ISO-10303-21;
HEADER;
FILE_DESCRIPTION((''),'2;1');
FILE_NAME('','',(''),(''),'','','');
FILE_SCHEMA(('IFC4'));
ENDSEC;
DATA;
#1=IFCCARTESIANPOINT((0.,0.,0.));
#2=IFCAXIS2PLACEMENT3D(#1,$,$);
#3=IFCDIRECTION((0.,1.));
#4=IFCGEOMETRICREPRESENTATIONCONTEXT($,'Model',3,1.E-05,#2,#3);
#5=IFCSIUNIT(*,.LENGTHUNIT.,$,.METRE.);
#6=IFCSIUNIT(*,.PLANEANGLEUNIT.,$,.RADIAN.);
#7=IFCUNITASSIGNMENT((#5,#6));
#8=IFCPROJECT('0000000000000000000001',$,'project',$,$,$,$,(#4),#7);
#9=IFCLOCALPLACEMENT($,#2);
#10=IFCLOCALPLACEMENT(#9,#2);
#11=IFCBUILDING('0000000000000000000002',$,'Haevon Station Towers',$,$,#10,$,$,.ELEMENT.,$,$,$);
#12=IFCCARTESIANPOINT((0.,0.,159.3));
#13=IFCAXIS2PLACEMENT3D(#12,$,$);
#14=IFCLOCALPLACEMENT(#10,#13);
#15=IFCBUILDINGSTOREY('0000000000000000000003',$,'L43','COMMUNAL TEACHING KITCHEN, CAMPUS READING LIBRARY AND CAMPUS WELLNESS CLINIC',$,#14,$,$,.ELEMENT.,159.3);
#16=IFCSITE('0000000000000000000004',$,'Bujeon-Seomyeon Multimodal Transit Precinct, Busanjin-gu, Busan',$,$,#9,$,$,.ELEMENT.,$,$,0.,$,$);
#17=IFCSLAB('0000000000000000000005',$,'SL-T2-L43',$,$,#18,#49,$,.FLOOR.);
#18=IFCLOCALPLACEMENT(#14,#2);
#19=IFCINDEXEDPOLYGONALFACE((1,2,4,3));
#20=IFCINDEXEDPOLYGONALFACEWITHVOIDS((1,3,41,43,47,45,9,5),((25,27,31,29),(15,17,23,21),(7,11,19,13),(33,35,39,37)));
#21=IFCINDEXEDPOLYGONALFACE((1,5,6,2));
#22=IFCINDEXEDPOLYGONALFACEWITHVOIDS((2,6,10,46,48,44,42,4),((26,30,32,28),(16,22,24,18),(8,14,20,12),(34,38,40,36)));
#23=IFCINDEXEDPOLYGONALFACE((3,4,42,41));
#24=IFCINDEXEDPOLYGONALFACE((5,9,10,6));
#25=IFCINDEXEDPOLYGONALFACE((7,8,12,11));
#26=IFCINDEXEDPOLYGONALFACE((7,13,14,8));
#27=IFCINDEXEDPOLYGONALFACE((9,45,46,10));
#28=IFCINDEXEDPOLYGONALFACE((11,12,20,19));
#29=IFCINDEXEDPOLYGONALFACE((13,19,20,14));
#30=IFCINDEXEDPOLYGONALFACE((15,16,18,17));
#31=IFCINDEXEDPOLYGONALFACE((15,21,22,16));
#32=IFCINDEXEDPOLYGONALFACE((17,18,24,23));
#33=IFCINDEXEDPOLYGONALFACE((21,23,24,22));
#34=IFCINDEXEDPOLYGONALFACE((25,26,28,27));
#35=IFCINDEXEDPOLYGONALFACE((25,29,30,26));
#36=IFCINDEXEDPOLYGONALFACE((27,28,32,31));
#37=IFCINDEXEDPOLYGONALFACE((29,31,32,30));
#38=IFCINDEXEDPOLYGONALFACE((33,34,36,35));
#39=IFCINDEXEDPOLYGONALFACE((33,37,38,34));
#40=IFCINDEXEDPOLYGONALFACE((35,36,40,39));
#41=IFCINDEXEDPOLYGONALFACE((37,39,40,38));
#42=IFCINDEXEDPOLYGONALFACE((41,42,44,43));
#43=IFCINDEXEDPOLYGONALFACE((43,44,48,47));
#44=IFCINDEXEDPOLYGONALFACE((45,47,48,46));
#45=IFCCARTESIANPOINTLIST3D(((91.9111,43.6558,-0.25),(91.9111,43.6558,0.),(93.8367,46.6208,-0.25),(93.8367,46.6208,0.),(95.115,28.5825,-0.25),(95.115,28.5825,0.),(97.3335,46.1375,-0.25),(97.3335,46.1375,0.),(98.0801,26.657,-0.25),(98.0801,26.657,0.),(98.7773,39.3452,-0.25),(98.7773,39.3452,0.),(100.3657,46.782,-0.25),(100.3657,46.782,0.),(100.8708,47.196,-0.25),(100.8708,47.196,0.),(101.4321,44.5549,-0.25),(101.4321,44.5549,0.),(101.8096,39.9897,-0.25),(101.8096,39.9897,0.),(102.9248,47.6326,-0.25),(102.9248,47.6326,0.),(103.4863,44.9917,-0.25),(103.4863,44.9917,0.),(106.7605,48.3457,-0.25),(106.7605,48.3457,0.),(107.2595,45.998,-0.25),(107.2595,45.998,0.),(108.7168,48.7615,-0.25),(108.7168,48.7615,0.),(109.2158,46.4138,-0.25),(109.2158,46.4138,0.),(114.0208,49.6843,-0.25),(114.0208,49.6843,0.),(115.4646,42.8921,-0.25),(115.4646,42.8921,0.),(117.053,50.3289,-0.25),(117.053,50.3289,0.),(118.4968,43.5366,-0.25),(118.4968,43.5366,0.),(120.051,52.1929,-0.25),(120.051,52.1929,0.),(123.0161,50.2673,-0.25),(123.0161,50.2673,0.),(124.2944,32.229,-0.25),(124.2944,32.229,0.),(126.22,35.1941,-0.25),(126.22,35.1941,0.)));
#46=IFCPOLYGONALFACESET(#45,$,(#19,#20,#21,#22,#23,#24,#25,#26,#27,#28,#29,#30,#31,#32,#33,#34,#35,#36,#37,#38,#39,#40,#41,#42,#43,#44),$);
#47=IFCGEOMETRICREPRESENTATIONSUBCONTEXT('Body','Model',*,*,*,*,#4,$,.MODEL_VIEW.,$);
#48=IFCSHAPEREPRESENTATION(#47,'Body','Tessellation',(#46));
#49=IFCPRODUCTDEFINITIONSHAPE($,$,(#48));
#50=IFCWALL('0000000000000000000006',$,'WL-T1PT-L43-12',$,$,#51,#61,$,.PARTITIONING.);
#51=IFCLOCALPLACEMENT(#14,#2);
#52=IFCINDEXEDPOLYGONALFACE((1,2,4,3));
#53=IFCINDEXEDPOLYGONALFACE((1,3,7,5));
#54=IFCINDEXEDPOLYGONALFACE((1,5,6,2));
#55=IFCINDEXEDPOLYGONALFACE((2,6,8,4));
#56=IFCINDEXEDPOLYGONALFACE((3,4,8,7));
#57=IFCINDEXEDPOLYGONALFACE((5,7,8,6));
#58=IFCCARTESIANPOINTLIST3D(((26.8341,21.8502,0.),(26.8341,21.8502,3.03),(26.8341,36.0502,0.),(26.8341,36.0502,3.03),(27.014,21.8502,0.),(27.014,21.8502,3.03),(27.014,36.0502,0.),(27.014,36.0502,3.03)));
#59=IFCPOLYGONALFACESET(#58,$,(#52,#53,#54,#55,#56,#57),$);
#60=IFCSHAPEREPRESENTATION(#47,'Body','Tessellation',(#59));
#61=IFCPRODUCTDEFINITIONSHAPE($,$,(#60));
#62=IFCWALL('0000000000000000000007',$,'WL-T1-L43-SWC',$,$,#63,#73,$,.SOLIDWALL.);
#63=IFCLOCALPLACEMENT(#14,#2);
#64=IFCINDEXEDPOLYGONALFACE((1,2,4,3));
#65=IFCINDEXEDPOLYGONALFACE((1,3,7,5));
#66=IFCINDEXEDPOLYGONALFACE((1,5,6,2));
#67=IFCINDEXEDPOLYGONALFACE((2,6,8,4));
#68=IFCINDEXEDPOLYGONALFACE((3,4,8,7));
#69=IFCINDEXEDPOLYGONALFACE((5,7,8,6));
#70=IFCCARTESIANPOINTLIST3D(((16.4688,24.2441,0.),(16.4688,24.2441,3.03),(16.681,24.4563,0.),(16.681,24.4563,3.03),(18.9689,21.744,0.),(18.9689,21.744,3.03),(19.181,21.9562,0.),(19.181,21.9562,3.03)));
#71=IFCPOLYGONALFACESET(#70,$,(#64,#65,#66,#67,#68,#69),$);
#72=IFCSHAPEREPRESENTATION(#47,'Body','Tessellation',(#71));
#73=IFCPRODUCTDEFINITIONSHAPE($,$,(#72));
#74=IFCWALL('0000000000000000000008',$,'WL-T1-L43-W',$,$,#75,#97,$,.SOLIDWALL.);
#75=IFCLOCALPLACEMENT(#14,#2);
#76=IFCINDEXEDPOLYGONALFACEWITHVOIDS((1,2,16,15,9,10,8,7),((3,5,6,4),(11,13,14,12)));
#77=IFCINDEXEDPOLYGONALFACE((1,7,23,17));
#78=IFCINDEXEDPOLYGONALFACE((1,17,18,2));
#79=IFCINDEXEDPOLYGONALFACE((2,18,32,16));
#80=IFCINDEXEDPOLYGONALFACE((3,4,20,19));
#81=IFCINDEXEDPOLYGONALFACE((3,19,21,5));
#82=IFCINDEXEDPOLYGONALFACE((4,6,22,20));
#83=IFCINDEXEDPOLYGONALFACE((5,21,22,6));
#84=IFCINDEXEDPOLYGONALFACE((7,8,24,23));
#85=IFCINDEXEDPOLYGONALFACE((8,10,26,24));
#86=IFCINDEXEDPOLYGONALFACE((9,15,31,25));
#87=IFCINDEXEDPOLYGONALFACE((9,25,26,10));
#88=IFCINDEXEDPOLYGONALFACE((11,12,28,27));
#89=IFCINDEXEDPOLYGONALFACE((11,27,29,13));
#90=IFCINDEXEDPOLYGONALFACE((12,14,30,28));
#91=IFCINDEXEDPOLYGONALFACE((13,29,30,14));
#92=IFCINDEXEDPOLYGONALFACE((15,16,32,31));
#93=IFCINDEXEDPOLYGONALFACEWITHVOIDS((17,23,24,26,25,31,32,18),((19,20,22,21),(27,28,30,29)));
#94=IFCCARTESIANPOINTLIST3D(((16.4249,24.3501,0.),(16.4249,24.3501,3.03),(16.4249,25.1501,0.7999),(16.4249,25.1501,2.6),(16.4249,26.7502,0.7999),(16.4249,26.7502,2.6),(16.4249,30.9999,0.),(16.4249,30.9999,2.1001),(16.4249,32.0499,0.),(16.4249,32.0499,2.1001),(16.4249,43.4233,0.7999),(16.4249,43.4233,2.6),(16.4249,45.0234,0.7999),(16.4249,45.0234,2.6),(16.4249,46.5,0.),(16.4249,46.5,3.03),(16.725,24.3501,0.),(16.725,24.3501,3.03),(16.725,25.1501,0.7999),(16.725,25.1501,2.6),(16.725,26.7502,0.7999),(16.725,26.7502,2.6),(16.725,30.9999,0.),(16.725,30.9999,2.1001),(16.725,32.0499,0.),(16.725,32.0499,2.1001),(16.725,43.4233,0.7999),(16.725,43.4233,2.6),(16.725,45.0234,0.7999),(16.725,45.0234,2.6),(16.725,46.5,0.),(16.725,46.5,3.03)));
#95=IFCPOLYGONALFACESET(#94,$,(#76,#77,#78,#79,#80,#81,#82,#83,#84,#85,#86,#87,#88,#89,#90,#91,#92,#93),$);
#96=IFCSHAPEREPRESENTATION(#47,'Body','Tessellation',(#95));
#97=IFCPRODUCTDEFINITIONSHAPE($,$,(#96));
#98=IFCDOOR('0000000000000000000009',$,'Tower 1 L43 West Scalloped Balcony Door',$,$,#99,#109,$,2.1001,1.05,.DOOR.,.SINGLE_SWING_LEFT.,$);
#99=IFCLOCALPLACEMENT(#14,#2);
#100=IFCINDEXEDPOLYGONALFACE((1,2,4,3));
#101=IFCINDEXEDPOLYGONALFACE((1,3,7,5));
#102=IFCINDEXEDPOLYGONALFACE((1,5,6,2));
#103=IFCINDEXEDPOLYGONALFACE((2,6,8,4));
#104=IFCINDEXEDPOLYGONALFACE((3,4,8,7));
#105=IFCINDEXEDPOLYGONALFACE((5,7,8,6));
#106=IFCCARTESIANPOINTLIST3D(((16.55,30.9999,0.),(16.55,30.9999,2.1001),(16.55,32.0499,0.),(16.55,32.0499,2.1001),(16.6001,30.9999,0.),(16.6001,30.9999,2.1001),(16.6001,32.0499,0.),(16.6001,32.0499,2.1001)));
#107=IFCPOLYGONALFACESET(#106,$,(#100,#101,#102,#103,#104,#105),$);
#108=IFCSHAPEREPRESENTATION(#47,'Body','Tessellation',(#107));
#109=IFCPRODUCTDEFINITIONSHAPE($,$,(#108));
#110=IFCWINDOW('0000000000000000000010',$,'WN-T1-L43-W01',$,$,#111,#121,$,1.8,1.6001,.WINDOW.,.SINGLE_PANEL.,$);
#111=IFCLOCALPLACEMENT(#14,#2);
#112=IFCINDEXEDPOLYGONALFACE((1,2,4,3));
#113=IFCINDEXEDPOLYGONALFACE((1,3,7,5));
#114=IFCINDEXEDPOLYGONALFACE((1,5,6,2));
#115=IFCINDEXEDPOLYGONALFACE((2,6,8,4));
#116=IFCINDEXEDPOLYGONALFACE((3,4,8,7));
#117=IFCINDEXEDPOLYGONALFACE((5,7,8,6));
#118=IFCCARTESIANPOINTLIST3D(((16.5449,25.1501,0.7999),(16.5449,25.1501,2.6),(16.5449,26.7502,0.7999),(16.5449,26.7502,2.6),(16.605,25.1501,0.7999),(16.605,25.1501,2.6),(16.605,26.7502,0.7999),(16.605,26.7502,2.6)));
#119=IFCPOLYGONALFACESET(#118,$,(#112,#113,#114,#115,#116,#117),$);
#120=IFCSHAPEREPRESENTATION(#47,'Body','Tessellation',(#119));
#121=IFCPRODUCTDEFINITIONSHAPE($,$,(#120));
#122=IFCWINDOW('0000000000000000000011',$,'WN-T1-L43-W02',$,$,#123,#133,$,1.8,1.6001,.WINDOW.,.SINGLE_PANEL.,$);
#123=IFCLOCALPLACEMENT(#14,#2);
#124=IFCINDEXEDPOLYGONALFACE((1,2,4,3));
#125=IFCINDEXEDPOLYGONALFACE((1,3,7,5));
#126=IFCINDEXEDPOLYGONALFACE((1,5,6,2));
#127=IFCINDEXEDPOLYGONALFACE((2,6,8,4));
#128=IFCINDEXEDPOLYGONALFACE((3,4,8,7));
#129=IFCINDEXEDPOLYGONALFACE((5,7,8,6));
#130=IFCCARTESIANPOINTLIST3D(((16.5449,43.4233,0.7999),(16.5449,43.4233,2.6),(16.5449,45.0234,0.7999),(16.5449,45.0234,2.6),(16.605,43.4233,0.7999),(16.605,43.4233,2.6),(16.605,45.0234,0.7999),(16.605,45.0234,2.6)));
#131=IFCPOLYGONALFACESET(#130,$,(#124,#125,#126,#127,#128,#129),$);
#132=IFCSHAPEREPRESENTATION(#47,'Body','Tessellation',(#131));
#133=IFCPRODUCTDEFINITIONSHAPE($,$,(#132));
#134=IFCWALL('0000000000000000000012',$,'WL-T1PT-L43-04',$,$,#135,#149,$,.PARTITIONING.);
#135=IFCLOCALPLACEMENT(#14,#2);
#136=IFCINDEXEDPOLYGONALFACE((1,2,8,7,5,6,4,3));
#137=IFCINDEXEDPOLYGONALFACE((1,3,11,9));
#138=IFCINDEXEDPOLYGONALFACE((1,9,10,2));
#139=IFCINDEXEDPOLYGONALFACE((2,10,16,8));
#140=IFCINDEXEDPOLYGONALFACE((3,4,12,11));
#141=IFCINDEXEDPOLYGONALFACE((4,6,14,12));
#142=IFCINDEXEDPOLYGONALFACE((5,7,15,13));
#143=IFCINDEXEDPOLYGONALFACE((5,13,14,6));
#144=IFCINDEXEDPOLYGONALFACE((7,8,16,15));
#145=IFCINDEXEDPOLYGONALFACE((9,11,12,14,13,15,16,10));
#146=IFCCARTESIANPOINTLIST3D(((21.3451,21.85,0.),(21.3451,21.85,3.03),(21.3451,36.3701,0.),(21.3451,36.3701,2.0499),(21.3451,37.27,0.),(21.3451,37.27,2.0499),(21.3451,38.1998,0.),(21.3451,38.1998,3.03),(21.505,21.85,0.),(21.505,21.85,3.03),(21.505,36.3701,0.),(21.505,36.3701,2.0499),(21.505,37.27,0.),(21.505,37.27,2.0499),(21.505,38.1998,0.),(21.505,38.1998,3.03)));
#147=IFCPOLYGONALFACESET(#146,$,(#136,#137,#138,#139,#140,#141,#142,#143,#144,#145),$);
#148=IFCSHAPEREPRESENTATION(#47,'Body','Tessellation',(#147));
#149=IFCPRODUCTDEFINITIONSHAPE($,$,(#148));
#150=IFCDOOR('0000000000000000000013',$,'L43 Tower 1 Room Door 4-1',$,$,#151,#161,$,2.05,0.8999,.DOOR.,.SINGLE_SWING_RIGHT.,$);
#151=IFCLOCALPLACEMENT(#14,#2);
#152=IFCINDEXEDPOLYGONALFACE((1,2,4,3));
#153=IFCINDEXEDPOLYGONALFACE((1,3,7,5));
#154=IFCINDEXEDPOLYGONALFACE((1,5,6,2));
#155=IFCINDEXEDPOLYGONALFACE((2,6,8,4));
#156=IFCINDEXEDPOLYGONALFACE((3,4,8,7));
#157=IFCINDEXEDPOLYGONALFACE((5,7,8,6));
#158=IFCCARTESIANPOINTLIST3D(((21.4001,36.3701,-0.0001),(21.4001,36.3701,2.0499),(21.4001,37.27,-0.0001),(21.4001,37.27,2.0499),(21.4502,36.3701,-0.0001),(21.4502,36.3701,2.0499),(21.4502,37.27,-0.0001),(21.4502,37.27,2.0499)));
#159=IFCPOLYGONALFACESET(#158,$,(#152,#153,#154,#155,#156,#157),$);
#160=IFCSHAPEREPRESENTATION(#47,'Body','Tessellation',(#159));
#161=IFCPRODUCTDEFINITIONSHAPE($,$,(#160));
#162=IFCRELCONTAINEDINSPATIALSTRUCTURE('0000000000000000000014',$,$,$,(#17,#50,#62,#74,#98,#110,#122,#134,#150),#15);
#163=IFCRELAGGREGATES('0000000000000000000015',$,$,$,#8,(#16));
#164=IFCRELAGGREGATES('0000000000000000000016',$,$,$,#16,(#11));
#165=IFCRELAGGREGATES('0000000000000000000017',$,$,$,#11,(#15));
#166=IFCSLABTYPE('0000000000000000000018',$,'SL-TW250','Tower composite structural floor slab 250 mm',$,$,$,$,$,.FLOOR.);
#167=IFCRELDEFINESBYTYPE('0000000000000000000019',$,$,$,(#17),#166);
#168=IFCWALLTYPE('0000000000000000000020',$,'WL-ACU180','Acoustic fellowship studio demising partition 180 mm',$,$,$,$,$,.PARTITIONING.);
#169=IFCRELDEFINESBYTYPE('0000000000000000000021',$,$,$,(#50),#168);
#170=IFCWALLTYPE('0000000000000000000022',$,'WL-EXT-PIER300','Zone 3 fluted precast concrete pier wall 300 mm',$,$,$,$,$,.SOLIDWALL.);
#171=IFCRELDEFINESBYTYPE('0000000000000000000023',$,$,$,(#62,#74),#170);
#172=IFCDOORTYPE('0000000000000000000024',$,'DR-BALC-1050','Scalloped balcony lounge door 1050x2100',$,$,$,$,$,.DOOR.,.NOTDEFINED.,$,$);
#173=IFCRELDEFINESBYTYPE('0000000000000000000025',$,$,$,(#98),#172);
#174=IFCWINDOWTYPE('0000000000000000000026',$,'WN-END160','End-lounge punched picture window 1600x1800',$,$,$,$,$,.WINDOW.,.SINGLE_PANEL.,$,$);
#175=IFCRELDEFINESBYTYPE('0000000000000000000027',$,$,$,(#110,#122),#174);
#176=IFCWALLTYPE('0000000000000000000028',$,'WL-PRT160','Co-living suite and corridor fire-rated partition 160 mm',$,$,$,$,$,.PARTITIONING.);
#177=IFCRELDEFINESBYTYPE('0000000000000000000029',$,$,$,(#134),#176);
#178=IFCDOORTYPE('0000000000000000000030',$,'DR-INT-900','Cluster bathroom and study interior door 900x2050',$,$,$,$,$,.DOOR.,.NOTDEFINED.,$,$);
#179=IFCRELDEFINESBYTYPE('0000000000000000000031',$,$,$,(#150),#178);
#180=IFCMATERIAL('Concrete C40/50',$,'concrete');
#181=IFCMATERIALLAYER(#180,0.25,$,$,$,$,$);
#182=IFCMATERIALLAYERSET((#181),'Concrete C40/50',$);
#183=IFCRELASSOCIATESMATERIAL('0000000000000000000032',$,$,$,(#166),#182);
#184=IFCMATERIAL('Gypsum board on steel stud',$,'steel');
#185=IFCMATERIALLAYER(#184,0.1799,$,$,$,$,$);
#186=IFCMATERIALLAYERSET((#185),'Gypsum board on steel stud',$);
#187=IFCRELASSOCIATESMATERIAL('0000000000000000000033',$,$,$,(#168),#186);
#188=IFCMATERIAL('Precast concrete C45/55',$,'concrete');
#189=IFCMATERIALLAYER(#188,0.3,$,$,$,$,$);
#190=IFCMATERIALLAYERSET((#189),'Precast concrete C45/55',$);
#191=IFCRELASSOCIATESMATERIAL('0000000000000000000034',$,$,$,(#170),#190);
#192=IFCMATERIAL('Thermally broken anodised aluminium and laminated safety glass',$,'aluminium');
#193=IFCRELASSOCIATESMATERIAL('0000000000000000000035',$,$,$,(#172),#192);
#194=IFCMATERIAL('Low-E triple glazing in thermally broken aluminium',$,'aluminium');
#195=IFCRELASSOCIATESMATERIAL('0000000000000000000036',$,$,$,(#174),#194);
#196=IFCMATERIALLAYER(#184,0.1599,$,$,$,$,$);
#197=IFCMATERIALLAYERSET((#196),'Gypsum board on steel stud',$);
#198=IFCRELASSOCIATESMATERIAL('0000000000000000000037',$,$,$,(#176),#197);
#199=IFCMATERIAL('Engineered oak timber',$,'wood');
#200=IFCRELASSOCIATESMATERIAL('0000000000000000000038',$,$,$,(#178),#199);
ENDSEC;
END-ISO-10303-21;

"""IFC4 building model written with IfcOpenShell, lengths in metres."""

from ifc_helpers import new_model, si_unit, direction, frame, frame_2d, origin, place, context, subcontext, project, spatial, polyline, rectangle, outline, extrude, material, layer, layer_set, type_object, element, fill, save


model = new_model("IFC4")

# Units and contexts
model_context = context("Model", 3, precision=1e-05, world=origin(), true_north=direction((0.0, 1.0)))
body_context = subcontext(model_context, "Body", "Model", "MODEL_VIEW")
ifc_project = project(units=[si_unit("LENGTHUNIT", "METRE"), si_unit("PLANEANGLEUNIT", "RADIAN")], contexts=[model_context])

# Site, building, storey
site_placement = place(None, origin())
site = spatial("IfcSite", under=ifc_project, at=site_placement, Name="Bujeon-Seomyeon Multimodal Transit Precinct, Busanjin-gu, Busan", CompositionType="ELEMENT", RefElevation=0.0)
building_placement = place(site_placement, origin())
building = spatial("IfcBuilding", under=site, at=building_placement, Name="Haevon Station Towers", CompositionType="ELEMENT")
storey_placement = place(building_placement, frame((0.0, 0.0, 159.3)))
storey = spatial("IfcBuildingStorey", under=building, at=storey_placement, Name="L43", Description="COMMUNAL TEACHING KITCHEN, CAMPUS READING LIBRARY AND CAMPUS WELLNESS CLINIC", CompositionType="ELEMENT", Elevation=159.3)

# Shared definitions
ifc_material_1 = material(Name="Concrete C40/50", Category="concrete")

# Slab
ifc_layer_1 = layer(ifc_material_1, 0.25)
ifc_layer_set_1 = layer_set([ifc_layer_1], Name="Concrete C40/50")
slab_type_1 = type_object("IfcSlabType", Name="SL-TW250", Description="Tower composite structural floor slab 250 mm", PredefinedType="FLOOR", material=ifc_layer_set_1)
slab_1_placement = place(storey_placement, frame((0.0, 0.0, -0.25)))
element("IfcSlab", 1, at=slab_1_placement, inside=storey, type_object=slab_type_1, Name="SL-T2-L43", PredefinedType="FLOOR", context=body_context, shape_type="SweptSolid", body=[
    extrude(outline(polyline([(98.0801, 26.657), (124.2944, 32.229), (126.22, 35.1941), (123.0161, 50.2673), (120.051, 52.1929), (93.8367, 46.6208), (91.9111, 43.6558), (95.115, 28.5825), (98.0801, 26.657)]), holes=[polyline([(101.8096, 39.9897), (100.3657, 46.782), (97.3335, 46.1375), (98.7773, 39.3452), (101.8096, 39.9897)]), polyline([(118.4968, 43.5366), (117.053, 50.3289), (114.0208, 49.6843), (115.4646, 42.8921), (118.4968, 43.5366)]), polyline([(101.4321, 44.5549), (103.4863, 44.9917), (102.9248, 47.6326), (100.8708, 47.196), (101.4321, 44.5549)]), polyline([(107.2595, 45.998), (109.2158, 46.4138), (108.7168, 48.7615), (106.7605, 48.3457), (107.2595, 45.998)])]), origin(), (0.0, 0.0, 1.0), 0.25),
])

# Walls
ifc_material_2 = material(Name="Gypsum board on steel stud", Category="steel")
ifc_layer_2 = layer(ifc_material_2, 0.1799)
ifc_layer_set_2 = layer_set([ifc_layer_2], Name="Gypsum board on steel stud")
wall_type_1 = type_object("IfcWallType", Name="WL-ACU180", Description="Acoustic fellowship studio demising partition 180 mm", PredefinedType="PARTITIONING", material=ifc_layer_set_2)
wall_1_placement = place(storey_placement, frame((26.9241, 21.8501, 0.0), z_axis=(0.0, 0.0, 1.0), x_axis=(0.0, 1.0, 0.0)))
element("IfcWall", 2, at=wall_1_placement, inside=storey, type_object=wall_type_1, Name="WL-T1PT-L43-12", PredefinedType="PARTITIONING", context=body_context, shape_type="SweptSolid", body=[
    extrude(rectangle(XDim=14.2, YDim=0.1799, at=frame_2d((7.1001, 0.0))), origin(), (0.0, 0.0, 1.0), 3.03),
])
ifc_material_3 = material(Name="Precast concrete C45/55", Category="concrete")
ifc_layer_3 = layer(ifc_material_3, 0.3)
ifc_layer_set_3 = layer_set([ifc_layer_3], Name="Precast concrete C45/55")
wall_type_2 = type_object("IfcWallType", Name="WL-EXT-PIER300", Description="Zone 3 fluted precast concrete pier wall 300 mm", PredefinedType="SOLIDWALL", material=ifc_layer_set_3)
wall_2_placement = place(storey_placement, frame((19.075, 21.8501, 0.0), z_axis=(0.0, 0.0, 1.0), x_axis=(-0.707107, 0.707107, 0.0)))
element("IfcWall", 3, at=wall_2_placement, inside=storey, type_object=wall_type_2, Name="WL-T1-L43-SWC", PredefinedType="SOLIDWALL", context=body_context, shape_type="SweptSolid", body=[
    extrude(rectangle(XDim=3.5356, YDim=0.3, at=frame_2d((1.7678, 0.0))), origin(), (0.0, 0.0, 1.0), 3.03),
])

# Wall, openings, door, windows
wall_3_placement = place(storey_placement, frame((16.575, 24.3501, 0.0), z_axis=(0.0, 0.0, 1.0), x_axis=(0.0, 1.0, 0.0)))
wall_3 = element("IfcWall", 4, at=wall_3_placement, inside=storey, type_object=wall_type_2, Name="WL-T1-L43-W", PredefinedType="SOLIDWALL", context=body_context, shape_type="SweptSolid", body=[
    extrude(rectangle(XDim=22.1499, YDim=0.3, at=frame_2d((11.075, 0.0))), origin(), (0.0, 0.0, 1.0), 3.03),
])
opening_1_placement = place(wall_3_placement, frame((6.6499, 0.0, 0.0)))
opening_1 = element("IfcOpeningElement", 5, at=opening_1_placement, cuts=wall_3, PredefinedType="OPENING", context=body_context, shape_type="SweptSolid", body=[
    extrude(rectangle(XDim=1.05, YDim=2.1001, at=frame_2d((0.5249, 1.05))), frame((0.0, 0.1599, 0.0), z_axis=(0.0, -1.0, 0.0), x_axis=(1.0, 0.0, 0.0)), (0.0, 0.0, 1.0), 0.3201),
])
opening_2_placement = place(wall_3_placement, frame((0.8, 0.0, 0.8)))
opening_2 = element("IfcOpeningElement", 6, at=opening_2_placement, cuts=wall_3, PredefinedType="OPENING", context=body_context, shape_type="SweptSolid", body=[
    extrude(rectangle(XDim=1.6001, YDim=1.8, at=frame_2d((0.8, 0.8999))), frame((0.0, 0.1599, 0.0), z_axis=(0.0, -1.0, 0.0), x_axis=(1.0, 0.0, 0.0)), (0.0, 0.0, 1.0), 0.3201),
])
opening_3_placement = place(wall_3_placement, frame((19.0732, 0.0, 0.8)))
opening_3 = element("IfcOpeningElement", 7, at=opening_3_placement, cuts=wall_3, PredefinedType="OPENING", context=body_context, shape_type="SweptSolid", body=[
    extrude(rectangle(XDim=1.6001, YDim=1.8, at=frame_2d((0.8, 0.8999))), frame((0.0, 0.1599, 0.0), z_axis=(0.0, -1.0, 0.0), x_axis=(1.0, 0.0, 0.0)), (0.0, 0.0, 1.0), 0.3201),
])
ifc_material_4 = material(Name="Thermally broken anodised aluminium and laminated safety glass", Category="aluminium")
door_type_1 = type_object("IfcDoorType", Name="DR-BALC-1050", Description="Scalloped balcony lounge door 1050x2100", OperationType="NOTDEFINED", PredefinedType="DOOR", material=ifc_material_4)
door_1_placement = place(opening_1_placement, origin())
door_1 = element("IfcDoor", 8, at=door_1_placement, inside=storey, type_object=door_type_1, Name="Tower 1 L43 West Scalloped Balcony Door", OperationType="SINGLE_SWING_LEFT", OverallHeight=2.1001, OverallWidth=1.05, PredefinedType="DOOR", context=body_context, shape_type="SweptSolid", body=[
    extrude(rectangle(XDim=1.05, YDim=2.1001, at=frame_2d((0.5249, 1.05))), frame((0.0, 0.0249, 0.0), z_axis=(0.0, -1.0, 0.0), x_axis=(1.0, 0.0, 0.0)), (0.0, 0.0, 1.0), 0.05),
])
fill(opening_1, door_1)
ifc_material_5 = material(Name="Low-E triple glazing in thermally broken aluminium", Category="aluminium")
window_type = type_object("IfcWindowType", Name="WN-END160", Description="End-lounge punched picture window 1600x1800", PartitioningType="SINGLE_PANEL", PredefinedType="WINDOW", material=ifc_material_5)
window_1_placement = place(opening_2_placement, origin())
window_1 = element("IfcWindow", 9, at=window_1_placement, inside=storey, type_object=window_type, Name="WN-T1-L43-W01", OverallHeight=1.8, OverallWidth=1.6001, PartitioningType="SINGLE_PANEL", PredefinedType="WINDOW", context=body_context, shape_type="SweptSolid", body=[
    extrude(rectangle(XDim=1.6001, YDim=1.8, at=frame_2d((0.8, 0.8999))), frame((0.0, 0.03, 0.0), z_axis=(0.0, -1.0, 0.0), x_axis=(1.0, 0.0, 0.0)), (0.0, 0.0, 1.0), 0.0601),
])
fill(opening_2, window_1)
window_2_placement = place(opening_3_placement, origin())
window_2 = element("IfcWindow", 10, at=window_2_placement, inside=storey, type_object=window_type, Name="WN-T1-L43-W02", OverallHeight=1.8, OverallWidth=1.6001, PartitioningType="SINGLE_PANEL", PredefinedType="WINDOW", context=body_context, shape_type="SweptSolid", body=[
    extrude(rectangle(XDim=1.6001, YDim=1.8, at=frame_2d((0.8, 0.8999))), frame((0.0, 0.03, 0.0), z_axis=(0.0, -1.0, 0.0), x_axis=(1.0, 0.0, 0.0)), (0.0, 0.0, 1.0), 0.0601),
])
fill(opening_3, window_2)

# Wall, opening, door
ifc_layer_4 = layer(ifc_material_2, 0.1599)
ifc_layer_set_4 = layer_set([ifc_layer_4], Name="Gypsum board on steel stud")
wall_type_3 = type_object("IfcWallType", Name="WL-PRT160", Description="Co-living suite and corridor fire-rated partition 160 mm", PredefinedType="PARTITIONING", material=ifc_layer_set_4)
wall_4_placement = place(storey_placement, frame((21.425, 21.8501, 0.0), z_axis=(0.0, 0.0, 1.0), x_axis=(0.0, 1.0, 0.0)))
wall_4 = element("IfcWall", 11, at=wall_4_placement, inside=storey, type_object=wall_type_3, Name="WL-T1PT-L43-04", PredefinedType="PARTITIONING", context=body_context, shape_type="SweptSolid", body=[
    extrude(rectangle(XDim=16.3499, YDim=0.1599, at=frame_2d((8.1748, 0.0))), origin(), (0.0, 0.0, 1.0), 3.03),
])
opening_4_placement = place(wall_4_placement, frame((14.52, 0.0, 0.0)))
opening_4 = element("IfcOpeningElement", 12, at=opening_4_placement, cuts=wall_4, PredefinedType="OPENING", context=body_context, shape_type="SweptSolid", body=[
    extrude(rectangle(XDim=0.8999, YDim=2.05, at=frame_2d((0.45, 1.0249))), frame((0.0, 0.0898, 0.0), z_axis=(0.0, -1.0, 0.0), x_axis=(1.0, 0.0, 0.0)), (0.0, 0.0, 1.0), 0.1799),
])
ifc_material_6 = material(Name="Engineered oak timber", Category="wood")
door_type_2 = type_object("IfcDoorType", Name="DR-INT-900", Description="Cluster bathroom and study interior door 900x2050", OperationType="NOTDEFINED", PredefinedType="DOOR", material=ifc_material_6)
door_2_placement = place(opening_4_placement, origin())
door_2 = element("IfcDoor", 13, at=door_2_placement, inside=storey, type_object=door_type_2, Name="L43 Tower 1 Room Door 4-1", OperationType="SINGLE_SWING_RIGHT", OverallHeight=2.05, OverallWidth=0.8999, PredefinedType="DOOR", context=body_context, shape_type="SweptSolid", body=[
    extrude(rectangle(XDim=0.8999, YDim=2.05, at=frame_2d((0.45, 1.0249))), frame((0.0, 0.0249, 0.0), z_axis=(0.0, -1.0, 0.0), x_axis=(1.0, 0.0, 0.0)), (0.0, 0.0, 1.0), 0.05),
])
fill(opening_4, door_2)

save(model, "model.ifc")
